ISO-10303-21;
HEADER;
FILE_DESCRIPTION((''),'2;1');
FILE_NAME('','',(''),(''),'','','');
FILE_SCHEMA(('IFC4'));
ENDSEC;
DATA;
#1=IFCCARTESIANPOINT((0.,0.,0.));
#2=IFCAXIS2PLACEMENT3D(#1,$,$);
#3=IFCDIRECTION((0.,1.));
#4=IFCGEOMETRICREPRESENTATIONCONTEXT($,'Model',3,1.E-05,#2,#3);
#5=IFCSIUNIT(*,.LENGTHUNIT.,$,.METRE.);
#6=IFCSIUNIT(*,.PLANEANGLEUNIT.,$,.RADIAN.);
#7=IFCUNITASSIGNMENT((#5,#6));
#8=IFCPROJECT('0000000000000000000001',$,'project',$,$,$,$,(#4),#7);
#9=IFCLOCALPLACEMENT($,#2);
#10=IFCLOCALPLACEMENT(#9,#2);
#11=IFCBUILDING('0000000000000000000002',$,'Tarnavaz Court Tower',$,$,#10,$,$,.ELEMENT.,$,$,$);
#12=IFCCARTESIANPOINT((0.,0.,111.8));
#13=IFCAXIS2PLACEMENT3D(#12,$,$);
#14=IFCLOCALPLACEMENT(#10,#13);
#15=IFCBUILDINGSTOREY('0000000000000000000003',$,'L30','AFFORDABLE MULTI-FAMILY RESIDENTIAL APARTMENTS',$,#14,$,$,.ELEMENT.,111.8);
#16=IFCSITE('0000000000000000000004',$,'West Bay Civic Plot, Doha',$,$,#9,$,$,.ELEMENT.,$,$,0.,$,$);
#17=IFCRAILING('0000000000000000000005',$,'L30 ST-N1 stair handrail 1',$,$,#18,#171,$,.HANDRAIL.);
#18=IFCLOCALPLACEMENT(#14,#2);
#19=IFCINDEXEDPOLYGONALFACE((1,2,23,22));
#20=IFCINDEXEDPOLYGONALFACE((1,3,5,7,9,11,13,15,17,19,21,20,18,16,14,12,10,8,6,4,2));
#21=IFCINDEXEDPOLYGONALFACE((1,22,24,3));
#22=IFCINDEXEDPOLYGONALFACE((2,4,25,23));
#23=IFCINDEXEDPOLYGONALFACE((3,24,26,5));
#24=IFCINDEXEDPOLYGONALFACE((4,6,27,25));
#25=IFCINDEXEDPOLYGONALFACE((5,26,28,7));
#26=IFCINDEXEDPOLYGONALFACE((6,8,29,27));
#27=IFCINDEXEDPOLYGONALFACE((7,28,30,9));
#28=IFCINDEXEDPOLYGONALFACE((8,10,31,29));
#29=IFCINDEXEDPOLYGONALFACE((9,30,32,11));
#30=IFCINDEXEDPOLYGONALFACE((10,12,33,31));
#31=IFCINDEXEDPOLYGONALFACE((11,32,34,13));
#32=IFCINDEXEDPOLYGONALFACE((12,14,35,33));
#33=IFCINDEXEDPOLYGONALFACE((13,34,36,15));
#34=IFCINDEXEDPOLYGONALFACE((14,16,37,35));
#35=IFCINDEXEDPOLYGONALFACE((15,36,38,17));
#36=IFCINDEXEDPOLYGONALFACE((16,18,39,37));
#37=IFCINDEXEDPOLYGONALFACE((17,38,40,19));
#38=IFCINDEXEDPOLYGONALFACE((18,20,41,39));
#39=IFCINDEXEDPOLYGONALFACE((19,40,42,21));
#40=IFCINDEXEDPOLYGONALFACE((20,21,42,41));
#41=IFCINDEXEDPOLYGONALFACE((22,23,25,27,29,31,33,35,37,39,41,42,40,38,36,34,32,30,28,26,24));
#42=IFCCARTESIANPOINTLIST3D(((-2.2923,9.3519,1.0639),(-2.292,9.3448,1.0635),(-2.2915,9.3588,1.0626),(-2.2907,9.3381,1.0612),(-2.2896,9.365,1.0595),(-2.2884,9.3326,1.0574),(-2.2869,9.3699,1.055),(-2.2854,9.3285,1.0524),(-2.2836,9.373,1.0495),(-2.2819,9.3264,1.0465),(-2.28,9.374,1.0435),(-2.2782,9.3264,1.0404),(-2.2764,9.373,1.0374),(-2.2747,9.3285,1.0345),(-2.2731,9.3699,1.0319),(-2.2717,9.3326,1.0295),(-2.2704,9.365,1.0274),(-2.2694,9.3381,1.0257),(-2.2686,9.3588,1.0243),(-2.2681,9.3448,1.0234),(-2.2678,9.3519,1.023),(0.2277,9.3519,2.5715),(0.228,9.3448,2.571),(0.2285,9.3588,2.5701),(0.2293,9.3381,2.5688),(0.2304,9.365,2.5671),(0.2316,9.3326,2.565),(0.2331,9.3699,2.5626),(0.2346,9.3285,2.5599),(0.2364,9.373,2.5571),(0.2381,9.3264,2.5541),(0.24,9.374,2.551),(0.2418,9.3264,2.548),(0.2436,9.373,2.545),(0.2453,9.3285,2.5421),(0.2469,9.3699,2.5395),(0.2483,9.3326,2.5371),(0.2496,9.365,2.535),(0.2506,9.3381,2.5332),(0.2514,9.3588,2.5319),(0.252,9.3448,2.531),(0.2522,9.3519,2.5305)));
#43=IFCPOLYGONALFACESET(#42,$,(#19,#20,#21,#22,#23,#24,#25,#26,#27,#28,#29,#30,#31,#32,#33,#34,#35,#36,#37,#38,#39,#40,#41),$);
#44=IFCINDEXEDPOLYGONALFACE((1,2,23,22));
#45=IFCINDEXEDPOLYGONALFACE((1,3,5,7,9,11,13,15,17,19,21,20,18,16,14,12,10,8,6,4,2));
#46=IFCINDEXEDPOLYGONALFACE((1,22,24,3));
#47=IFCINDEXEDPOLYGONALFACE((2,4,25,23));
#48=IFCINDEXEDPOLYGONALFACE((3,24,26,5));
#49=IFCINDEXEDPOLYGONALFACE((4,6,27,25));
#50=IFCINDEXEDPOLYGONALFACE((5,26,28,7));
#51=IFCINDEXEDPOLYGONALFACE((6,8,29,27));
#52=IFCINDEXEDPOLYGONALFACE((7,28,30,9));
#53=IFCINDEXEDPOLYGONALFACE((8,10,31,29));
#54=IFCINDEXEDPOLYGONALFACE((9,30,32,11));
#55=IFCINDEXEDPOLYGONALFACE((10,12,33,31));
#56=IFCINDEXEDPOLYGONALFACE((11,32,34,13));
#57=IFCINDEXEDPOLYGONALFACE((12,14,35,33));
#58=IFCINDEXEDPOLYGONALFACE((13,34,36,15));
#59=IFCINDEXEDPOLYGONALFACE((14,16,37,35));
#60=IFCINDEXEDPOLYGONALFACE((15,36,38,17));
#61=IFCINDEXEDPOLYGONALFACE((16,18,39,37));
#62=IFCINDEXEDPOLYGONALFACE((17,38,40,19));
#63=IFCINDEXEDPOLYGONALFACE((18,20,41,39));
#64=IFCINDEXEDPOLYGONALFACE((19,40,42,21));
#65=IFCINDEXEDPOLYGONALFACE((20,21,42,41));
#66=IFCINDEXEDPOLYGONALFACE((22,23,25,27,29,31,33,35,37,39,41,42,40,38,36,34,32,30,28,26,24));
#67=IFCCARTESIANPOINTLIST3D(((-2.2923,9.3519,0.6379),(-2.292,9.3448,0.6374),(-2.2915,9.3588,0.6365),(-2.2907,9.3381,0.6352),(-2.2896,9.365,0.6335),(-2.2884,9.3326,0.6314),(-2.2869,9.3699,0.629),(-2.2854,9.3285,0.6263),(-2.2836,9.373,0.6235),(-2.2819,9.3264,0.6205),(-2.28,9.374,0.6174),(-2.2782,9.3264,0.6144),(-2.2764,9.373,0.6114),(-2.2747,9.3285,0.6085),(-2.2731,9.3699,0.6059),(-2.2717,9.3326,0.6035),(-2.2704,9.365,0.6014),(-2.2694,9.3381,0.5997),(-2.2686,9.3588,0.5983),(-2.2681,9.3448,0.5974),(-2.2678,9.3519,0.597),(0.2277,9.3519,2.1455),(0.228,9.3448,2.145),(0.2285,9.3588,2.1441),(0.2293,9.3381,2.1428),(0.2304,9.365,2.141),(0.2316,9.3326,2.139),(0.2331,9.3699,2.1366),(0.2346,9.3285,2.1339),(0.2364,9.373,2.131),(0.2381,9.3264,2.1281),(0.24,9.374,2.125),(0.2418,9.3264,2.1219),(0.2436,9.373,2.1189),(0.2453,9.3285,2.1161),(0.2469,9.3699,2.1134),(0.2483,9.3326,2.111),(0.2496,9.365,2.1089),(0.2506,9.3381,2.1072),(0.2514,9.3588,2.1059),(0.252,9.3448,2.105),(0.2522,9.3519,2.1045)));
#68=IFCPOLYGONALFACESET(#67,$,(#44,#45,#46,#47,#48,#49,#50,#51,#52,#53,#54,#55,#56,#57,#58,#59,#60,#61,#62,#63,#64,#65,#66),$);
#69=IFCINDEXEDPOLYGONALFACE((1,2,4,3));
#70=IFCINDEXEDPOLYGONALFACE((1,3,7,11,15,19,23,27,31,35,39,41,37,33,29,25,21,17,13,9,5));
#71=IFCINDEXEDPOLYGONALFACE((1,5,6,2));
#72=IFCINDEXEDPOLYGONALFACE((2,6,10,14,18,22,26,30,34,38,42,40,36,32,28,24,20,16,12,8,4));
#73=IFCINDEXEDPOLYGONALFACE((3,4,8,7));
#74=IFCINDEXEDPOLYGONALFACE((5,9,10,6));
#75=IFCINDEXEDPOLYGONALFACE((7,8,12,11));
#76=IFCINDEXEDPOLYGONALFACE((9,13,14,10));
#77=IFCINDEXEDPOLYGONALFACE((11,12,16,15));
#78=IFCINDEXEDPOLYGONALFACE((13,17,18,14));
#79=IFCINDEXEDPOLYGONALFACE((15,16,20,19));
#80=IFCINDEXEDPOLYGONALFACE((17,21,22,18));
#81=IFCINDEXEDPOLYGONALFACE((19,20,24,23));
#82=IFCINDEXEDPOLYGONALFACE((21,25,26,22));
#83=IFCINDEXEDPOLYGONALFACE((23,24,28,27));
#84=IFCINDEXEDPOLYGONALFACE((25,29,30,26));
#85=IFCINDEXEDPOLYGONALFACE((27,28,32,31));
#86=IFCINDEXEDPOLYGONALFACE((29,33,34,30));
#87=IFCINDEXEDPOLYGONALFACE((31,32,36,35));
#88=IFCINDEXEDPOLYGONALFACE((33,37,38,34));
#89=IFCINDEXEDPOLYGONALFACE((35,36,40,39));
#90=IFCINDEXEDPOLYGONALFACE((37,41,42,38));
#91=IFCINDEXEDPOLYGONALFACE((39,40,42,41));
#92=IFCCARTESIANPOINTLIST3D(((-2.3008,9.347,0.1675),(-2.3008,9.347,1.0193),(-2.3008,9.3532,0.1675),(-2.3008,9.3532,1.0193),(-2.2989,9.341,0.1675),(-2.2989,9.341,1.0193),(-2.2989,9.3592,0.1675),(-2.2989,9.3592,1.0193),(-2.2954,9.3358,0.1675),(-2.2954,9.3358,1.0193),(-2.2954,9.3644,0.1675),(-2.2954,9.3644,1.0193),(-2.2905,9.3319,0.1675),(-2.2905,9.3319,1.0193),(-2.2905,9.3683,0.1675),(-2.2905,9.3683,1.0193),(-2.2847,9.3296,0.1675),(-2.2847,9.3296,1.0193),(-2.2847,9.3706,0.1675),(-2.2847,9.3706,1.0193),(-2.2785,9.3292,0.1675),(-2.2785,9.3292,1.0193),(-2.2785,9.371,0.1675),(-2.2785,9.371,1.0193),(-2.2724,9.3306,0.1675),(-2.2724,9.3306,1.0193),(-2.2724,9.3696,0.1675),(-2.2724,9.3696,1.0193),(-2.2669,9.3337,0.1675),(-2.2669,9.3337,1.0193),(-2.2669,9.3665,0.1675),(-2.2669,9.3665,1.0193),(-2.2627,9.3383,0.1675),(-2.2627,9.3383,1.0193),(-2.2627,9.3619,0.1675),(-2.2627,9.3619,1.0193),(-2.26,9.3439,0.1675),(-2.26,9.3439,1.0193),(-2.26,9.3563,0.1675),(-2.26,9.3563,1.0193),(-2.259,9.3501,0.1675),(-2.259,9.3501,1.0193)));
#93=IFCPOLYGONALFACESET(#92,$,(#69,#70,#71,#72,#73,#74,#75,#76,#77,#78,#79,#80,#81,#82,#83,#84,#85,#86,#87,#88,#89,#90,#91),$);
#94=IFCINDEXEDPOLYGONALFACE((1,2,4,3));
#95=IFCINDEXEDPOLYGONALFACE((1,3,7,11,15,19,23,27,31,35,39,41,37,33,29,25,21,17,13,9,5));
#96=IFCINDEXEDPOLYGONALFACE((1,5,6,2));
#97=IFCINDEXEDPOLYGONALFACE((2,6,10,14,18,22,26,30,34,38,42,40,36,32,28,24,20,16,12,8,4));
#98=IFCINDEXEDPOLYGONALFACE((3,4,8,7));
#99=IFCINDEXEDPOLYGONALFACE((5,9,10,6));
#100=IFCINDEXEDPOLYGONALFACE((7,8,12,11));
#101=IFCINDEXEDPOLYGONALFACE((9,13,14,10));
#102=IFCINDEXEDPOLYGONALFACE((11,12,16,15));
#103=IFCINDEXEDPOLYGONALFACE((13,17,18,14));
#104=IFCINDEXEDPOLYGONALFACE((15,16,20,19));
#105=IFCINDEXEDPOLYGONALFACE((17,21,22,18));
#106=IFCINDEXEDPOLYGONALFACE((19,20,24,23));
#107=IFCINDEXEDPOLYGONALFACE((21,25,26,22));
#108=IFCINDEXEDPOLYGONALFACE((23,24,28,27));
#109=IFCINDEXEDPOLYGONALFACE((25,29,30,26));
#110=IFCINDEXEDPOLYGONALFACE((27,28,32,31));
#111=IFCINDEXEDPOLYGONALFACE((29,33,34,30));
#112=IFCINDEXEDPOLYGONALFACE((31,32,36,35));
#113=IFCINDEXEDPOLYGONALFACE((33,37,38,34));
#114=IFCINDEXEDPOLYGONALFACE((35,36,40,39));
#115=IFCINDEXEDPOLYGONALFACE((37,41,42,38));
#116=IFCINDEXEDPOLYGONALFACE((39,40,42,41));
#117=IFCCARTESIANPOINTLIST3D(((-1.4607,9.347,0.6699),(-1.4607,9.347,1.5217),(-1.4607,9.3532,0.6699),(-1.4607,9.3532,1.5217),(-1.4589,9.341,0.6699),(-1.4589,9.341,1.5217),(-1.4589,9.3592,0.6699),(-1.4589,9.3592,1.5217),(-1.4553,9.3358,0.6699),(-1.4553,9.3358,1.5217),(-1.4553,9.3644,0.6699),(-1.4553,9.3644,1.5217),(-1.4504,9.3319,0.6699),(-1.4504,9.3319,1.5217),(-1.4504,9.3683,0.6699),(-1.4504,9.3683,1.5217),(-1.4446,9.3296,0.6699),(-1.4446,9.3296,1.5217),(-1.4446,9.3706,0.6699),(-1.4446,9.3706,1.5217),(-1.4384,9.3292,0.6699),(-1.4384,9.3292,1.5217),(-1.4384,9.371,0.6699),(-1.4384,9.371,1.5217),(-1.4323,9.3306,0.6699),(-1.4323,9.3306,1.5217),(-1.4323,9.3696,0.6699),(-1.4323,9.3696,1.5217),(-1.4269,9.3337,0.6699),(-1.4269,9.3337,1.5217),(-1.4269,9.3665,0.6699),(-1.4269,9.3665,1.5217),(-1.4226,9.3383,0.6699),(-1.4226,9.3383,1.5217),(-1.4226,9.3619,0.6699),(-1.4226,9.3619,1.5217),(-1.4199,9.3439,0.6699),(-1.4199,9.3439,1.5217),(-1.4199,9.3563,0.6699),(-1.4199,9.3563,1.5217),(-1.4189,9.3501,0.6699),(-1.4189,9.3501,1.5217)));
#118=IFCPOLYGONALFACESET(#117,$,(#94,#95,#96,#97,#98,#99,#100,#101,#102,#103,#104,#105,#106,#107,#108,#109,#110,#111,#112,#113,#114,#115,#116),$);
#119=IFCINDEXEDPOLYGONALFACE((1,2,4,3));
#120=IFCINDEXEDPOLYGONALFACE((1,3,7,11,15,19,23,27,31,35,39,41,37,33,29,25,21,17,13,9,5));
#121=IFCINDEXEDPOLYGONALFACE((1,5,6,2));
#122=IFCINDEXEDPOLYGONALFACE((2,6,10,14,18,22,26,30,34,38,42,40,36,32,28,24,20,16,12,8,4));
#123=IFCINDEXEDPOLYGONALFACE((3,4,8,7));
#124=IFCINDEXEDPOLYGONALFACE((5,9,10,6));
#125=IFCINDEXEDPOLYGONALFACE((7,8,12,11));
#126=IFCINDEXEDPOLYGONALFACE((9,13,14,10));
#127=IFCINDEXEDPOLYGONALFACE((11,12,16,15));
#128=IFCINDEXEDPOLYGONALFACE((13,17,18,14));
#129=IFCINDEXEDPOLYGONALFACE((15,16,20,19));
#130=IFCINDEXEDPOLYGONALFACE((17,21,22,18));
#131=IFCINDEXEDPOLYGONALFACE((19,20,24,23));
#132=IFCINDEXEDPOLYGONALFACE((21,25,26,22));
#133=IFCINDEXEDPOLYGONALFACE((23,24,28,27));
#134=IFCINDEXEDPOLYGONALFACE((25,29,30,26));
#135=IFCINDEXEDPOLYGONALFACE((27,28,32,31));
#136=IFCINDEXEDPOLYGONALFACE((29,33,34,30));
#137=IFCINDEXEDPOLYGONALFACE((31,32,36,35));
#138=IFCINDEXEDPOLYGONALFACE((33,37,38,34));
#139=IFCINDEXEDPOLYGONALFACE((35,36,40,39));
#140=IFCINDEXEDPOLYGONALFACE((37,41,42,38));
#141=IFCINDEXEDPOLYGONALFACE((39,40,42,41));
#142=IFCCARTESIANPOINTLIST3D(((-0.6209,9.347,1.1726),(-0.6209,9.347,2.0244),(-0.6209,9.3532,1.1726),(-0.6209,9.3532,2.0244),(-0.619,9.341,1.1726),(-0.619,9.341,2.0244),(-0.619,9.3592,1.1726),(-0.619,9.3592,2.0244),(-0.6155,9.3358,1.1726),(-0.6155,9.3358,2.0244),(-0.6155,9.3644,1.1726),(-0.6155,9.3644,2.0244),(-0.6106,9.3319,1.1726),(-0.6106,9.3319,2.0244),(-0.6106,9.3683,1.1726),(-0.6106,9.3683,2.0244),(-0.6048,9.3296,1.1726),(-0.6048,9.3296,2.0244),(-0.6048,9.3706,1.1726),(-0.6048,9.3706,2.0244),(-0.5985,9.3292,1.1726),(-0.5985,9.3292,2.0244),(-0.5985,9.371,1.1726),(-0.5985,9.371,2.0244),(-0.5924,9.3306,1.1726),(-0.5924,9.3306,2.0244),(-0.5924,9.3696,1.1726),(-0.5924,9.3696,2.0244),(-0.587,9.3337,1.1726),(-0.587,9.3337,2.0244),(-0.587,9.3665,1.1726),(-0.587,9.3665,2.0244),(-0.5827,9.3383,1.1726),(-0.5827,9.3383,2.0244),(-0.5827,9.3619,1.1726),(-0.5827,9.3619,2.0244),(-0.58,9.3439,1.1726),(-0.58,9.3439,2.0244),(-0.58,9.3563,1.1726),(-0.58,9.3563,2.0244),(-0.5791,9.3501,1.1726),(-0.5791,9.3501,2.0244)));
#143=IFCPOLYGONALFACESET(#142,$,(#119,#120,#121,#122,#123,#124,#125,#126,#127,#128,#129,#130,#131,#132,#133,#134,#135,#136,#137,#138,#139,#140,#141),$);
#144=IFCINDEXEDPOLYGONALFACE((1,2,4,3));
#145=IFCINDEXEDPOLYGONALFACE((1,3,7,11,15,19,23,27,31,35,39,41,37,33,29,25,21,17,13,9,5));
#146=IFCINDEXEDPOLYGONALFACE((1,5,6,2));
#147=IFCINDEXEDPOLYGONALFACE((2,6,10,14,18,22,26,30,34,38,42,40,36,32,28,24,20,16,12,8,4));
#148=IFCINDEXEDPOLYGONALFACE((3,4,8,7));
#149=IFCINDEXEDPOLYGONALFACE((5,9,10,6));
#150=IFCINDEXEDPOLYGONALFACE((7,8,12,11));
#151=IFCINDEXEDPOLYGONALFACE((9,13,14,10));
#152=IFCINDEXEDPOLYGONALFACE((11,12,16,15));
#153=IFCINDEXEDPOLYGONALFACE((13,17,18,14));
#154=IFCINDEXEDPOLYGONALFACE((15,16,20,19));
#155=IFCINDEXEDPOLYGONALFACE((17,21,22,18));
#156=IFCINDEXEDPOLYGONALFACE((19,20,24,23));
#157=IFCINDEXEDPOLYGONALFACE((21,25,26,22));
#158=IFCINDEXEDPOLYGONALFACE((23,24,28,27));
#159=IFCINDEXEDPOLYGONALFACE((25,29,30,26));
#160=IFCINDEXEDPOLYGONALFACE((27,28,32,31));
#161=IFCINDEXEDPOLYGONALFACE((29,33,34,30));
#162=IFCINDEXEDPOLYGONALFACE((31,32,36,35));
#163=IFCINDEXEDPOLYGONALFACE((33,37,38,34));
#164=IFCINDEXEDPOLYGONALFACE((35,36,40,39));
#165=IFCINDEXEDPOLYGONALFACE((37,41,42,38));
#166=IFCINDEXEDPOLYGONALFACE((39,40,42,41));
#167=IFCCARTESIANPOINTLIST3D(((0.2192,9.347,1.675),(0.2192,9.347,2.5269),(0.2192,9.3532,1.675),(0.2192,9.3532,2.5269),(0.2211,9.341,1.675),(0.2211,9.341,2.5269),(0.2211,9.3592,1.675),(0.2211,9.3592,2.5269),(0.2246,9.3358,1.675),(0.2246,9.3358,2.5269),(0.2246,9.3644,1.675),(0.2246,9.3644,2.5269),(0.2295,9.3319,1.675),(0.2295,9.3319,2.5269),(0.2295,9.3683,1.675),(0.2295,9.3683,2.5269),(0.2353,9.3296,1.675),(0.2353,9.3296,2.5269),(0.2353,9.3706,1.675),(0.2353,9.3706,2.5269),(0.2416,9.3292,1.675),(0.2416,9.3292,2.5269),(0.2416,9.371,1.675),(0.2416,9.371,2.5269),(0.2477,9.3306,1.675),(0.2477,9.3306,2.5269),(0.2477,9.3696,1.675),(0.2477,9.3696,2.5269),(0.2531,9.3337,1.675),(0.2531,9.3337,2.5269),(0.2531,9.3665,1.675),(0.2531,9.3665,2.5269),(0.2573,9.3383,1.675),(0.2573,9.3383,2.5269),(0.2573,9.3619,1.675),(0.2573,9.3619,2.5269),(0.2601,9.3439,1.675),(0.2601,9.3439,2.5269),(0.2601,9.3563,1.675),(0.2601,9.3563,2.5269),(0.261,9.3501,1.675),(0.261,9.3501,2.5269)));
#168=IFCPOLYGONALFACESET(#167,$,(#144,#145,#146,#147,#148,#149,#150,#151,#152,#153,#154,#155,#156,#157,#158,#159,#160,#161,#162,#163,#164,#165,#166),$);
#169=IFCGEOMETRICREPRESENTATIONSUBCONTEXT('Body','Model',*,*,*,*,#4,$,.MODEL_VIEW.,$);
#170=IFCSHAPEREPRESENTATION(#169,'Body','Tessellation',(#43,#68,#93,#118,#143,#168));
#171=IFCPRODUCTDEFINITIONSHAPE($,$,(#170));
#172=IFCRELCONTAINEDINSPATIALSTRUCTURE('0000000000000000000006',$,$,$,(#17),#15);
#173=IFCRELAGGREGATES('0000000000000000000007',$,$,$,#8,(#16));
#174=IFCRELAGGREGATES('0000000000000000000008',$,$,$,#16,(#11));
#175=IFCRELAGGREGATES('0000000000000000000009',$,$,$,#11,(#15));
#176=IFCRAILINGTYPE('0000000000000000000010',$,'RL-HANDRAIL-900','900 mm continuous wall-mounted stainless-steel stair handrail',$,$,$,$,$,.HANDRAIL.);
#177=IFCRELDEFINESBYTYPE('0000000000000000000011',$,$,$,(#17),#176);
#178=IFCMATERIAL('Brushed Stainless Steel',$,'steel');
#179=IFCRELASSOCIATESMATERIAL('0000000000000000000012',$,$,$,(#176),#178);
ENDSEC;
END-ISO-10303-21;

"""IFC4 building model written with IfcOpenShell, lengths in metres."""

from ifc_helpers import new_model, si_unit, direction, frame, origin, origin_2d, place, context, subcontext, project, spatial, circle, extrude, material, type_object, element, save


model = new_model("IFC4")

# Units and contexts
model_context = context("Model", 3, precision=1e-05, world=origin(), true_north=direction((0.0, 1.0)))
body_context = subcontext(model_context, "Body", "Model", "MODEL_VIEW")
ifc_project = project(units=[si_unit("LENGTHUNIT", "METRE"), si_unit("PLANEANGLEUNIT", "RADIAN")], contexts=[model_context])

# Site, building, storey
site_placement = place(None, origin())
site = spatial("IfcSite", under=ifc_project, at=site_placement, Name="West Bay Civic Plot, Doha", CompositionType="ELEMENT", RefElevation=0.0)
building_placement = place(site_placement, origin())
building = spatial("IfcBuilding", under=site, at=building_placement, Name="Tarnavaz Court Tower", CompositionType="ELEMENT")
storey_placement = place(building_placement, frame((0.0, 0.0, 111.8)))
storey = spatial("IfcBuildingStorey", under=building, at=storey_placement, Name="L30", Description="AFFORDABLE MULTI-FAMILY RESIDENTIAL APARTMENTS", CompositionType="ELEMENT", Elevation=111.8)

# Railing
ifc_material_1 = material(Name="Brushed Stainless Steel", Category="steel")
railing_type_1 = type_object("IfcRailingType", Name="RL-HANDRAIL-900", Description="900 mm continuous wall-mounted stainless-steel stair handrail", PredefinedType="HANDRAIL", material=ifc_material_1)
railing_1_placement = place(storey_placement, frame((-2.28, 9.3501, 0.1675)))
element("IfcRailing", 1, at=railing_1_placement, inside=storey, type_object=railing_type_1, Name="L30 ST-N1 stair handrail 1", PredefinedType="HANDRAIL", context=body_context, shape_type="SweptSolid", body=[
    extrude(circle(Radius=0.0239, at=origin_2d()), frame((0.0, 0.0, 0.876), z_axis=(0.85816, 0.0, 0.513383), x_axis=(0.0, 1.0, 0.0)), (0.0, 0.0, 1.0), 2.9365),
    extrude(circle(Radius=0.0239, at=origin_2d()), frame((0.0, 0.0, 0.45), z_axis=(0.85816, 0.0, 0.513383), x_axis=(0.0, 1.0, 0.0)), (0.0, 0.0, 1.0), 2.9365),
    extrude(circle(Radius=0.021, at=origin_2d()), origin(), (0.0, 0.0, 1.0), 0.8518),
    extrude(circle(Radius=0.021, at=origin_2d()), frame((0.8401, 0.0, 0.5024)), (0.0, 0.0, 1.0), 0.8518),
    extrude(circle(Radius=0.021, at=origin_2d()), frame((1.6799, 0.0, 1.0051)), (0.0, 0.0, 1.0), 0.8518),
    extrude(circle(Radius=0.021, at=origin_2d()), frame((2.52, 0.0, 1.5076)), (0.0, 0.0, 1.0), 0.8518),
])

save(model, "model.ifc")
